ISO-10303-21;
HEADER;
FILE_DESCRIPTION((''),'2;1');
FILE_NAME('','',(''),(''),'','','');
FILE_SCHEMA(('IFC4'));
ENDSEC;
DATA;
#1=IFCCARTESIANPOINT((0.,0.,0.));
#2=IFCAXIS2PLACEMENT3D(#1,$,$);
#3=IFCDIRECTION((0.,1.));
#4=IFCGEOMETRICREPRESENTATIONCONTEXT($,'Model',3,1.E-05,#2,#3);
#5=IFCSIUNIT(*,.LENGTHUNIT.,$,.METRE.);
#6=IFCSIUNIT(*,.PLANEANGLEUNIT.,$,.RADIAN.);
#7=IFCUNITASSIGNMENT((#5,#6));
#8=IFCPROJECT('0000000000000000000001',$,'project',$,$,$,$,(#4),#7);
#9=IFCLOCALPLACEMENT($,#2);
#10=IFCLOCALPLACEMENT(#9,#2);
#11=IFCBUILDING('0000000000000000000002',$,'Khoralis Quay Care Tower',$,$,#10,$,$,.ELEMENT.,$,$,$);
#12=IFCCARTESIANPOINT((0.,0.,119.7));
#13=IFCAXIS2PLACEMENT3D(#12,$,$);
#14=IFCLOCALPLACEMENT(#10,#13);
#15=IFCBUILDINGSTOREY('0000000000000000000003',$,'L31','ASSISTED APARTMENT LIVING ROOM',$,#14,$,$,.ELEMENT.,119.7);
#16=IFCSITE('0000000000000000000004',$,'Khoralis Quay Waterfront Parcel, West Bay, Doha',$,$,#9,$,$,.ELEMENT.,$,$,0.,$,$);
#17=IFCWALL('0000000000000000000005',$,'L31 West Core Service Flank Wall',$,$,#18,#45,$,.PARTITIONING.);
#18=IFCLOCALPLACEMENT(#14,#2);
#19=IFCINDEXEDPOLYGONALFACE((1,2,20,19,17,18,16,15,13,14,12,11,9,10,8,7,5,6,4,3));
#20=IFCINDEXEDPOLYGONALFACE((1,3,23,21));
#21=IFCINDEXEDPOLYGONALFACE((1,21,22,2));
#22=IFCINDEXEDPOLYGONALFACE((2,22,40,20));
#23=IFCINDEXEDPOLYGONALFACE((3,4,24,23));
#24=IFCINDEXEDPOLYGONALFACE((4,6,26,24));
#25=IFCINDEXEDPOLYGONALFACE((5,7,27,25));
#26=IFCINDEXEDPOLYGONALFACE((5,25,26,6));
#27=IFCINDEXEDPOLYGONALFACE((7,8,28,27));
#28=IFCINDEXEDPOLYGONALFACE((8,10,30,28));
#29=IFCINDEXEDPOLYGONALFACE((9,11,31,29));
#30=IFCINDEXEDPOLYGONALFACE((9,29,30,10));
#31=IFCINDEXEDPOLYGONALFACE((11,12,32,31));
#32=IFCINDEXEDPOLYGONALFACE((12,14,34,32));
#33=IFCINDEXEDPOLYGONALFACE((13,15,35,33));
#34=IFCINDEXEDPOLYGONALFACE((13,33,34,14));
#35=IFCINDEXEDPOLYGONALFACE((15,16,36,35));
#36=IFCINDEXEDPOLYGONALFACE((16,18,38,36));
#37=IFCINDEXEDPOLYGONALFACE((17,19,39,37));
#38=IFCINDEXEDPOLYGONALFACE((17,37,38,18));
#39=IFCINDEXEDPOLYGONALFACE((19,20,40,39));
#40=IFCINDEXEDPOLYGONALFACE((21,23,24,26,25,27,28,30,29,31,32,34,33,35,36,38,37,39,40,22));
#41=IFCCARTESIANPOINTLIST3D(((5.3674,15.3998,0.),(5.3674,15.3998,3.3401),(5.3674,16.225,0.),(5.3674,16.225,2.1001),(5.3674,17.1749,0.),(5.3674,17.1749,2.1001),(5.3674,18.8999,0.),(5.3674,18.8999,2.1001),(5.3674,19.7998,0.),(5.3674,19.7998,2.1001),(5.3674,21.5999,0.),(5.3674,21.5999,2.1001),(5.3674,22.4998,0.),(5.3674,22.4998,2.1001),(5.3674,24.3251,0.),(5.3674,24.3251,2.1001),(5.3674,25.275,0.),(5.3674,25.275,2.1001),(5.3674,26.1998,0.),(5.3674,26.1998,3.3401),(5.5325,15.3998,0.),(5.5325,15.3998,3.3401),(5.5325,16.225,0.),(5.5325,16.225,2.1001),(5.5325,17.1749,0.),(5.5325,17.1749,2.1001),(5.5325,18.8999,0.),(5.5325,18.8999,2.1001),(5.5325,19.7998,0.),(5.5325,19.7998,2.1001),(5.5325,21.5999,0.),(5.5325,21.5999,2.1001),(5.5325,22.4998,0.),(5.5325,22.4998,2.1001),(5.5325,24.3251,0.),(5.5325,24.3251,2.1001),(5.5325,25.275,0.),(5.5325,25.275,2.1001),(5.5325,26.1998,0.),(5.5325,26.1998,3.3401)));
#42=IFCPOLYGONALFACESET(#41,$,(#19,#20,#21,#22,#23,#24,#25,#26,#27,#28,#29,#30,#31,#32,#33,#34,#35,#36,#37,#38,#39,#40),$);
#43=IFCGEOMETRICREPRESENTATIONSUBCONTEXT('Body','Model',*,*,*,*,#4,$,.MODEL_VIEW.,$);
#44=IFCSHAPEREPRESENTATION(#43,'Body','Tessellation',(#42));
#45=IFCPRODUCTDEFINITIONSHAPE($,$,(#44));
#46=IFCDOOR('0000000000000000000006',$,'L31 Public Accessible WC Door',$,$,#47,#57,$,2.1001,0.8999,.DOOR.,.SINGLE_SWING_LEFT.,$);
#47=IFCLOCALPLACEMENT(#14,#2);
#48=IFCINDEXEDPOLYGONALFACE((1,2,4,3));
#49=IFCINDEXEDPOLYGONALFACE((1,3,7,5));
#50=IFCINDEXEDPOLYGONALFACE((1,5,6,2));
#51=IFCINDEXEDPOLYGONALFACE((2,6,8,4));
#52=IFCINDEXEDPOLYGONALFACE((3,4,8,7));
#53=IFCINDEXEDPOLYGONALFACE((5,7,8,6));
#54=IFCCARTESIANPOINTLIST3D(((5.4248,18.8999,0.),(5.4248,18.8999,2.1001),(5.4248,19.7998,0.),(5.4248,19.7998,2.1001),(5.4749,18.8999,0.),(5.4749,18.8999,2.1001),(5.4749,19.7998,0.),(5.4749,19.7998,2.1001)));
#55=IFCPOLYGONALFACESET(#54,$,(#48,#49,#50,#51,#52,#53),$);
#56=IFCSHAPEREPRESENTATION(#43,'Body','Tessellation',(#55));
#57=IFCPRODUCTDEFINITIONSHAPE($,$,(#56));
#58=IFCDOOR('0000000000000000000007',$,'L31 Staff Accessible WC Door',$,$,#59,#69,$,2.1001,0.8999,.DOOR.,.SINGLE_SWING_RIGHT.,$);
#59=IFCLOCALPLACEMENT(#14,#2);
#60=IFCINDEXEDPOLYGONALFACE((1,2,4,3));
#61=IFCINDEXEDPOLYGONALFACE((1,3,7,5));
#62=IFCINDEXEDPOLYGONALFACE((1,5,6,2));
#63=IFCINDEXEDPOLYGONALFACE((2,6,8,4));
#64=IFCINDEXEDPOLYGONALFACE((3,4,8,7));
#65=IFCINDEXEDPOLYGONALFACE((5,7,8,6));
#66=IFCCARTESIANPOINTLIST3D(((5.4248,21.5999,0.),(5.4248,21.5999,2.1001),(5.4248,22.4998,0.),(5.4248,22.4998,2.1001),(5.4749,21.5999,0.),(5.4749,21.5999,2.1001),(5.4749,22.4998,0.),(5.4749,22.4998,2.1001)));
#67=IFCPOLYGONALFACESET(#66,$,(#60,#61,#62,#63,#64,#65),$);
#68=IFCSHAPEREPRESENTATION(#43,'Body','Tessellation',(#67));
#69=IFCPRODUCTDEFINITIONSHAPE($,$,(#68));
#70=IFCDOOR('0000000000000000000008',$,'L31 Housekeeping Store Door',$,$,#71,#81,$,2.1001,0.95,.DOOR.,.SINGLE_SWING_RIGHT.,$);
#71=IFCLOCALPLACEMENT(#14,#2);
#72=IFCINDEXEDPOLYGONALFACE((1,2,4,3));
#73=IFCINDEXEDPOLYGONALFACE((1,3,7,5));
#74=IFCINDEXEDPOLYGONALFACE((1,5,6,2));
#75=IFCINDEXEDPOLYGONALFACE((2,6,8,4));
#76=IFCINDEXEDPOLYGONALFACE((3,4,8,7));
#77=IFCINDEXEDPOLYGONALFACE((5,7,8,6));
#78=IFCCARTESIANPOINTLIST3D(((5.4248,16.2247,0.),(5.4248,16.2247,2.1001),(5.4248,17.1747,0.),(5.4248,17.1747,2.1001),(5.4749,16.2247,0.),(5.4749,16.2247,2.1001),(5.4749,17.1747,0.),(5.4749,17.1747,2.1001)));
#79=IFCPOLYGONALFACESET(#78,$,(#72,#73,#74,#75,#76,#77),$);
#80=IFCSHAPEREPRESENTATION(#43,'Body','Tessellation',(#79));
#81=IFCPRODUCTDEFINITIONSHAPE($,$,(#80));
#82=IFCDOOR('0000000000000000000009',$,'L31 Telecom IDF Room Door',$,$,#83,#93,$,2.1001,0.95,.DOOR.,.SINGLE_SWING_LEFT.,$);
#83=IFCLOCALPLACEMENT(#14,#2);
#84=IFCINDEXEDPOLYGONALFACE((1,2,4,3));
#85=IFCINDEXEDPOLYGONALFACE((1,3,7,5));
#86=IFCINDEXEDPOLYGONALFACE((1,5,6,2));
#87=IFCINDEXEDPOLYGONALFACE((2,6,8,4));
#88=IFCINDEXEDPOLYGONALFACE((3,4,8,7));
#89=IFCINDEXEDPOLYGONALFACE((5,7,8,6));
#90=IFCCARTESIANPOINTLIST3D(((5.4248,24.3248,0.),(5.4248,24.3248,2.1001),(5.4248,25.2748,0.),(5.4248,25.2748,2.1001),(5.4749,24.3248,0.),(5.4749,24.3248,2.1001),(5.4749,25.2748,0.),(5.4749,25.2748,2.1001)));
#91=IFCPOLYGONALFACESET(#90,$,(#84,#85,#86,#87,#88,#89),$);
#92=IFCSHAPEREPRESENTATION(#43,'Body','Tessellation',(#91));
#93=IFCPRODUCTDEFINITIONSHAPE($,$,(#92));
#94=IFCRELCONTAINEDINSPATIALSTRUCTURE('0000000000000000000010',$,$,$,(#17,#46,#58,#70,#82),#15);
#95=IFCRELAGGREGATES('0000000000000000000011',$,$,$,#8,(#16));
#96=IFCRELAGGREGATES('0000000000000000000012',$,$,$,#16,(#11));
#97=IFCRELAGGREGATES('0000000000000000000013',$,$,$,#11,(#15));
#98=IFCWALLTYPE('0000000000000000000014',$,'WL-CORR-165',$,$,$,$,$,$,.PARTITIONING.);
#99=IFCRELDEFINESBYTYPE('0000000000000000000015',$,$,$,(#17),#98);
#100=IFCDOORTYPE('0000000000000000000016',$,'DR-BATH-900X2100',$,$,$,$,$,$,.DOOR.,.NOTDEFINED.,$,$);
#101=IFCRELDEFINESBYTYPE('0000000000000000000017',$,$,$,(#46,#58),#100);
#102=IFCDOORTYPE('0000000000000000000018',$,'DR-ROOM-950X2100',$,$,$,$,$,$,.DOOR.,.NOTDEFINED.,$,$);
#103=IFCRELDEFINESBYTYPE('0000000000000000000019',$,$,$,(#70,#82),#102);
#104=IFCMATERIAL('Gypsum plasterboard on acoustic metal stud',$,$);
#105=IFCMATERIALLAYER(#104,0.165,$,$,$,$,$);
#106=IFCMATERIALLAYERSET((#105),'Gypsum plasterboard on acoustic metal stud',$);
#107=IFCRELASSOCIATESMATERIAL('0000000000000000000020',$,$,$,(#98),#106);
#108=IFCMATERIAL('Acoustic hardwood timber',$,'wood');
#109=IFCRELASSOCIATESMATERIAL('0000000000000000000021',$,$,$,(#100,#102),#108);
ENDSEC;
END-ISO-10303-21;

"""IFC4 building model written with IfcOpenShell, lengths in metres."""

from ifc_helpers import new_model, si_unit, direction, frame, frame_2d, origin, place, context, subcontext, project, spatial, rectangle, extrude, source, transform, mapped, material, layer, layer_set, type_object, element, fill, save


model = new_model("IFC4")

# Units and contexts
model_context = context("Model", 3, precision=1e-05, world=origin(), true_north=direction((0.0, 1.0)))
body_context = subcontext(model_context, "Body", "Model", "MODEL_VIEW")
ifc_project = project(units=[si_unit("LENGTHUNIT", "METRE"), si_unit("PLANEANGLEUNIT", "RADIAN")], contexts=[model_context])

# Site, building, storey
site_placement = place(None, origin())
site = spatial("IfcSite", under=ifc_project, at=site_placement, Name="Khoralis Quay Waterfront Parcel, West Bay, Doha", CompositionType="ELEMENT", RefElevation=0.0)
building_placement = place(site_placement, origin())
building = spatial("IfcBuilding", under=site, at=building_placement, Name="Khoralis Quay Care Tower", CompositionType="ELEMENT")
storey_placement = place(building_placement, frame((0.0, 0.0, 119.7)))
storey = spatial("IfcBuildingStorey", under=building, at=storey_placement, Name="L31", Description="ASSISTED APARTMENT LIVING ROOM", CompositionType="ELEMENT", Elevation=119.7)

# Wall, openings, doors
ifc_material_1 = material(Name="Gypsum plasterboard on acoustic metal stud")
ifc_layer_1 = layer(ifc_material_1, 0.165)
ifc_layer_set_1 = layer_set([ifc_layer_1], Name="Gypsum plasterboard on acoustic metal stud")
wall_type_1 = type_object("IfcWallType", Name="WL-CORR-165", PredefinedType="PARTITIONING", material=ifc_layer_set_1)
wall_1_placement = place(storey_placement, frame((5.45, 15.3999, 0.0), z_axis=(0.0, 0.0, 1.0), x_axis=(0.0, 1.0, 0.0)))
wall_1 = element("IfcWall", 1, at=wall_1_placement, inside=storey, type_object=wall_type_1, Name="L31 West Core Service Flank Wall", PredefinedType="PARTITIONING", context=body_context, shape_type="SweptSolid", body=[
    extrude(rectangle(XDim=10.8, YDim=0.165, at=frame_2d((5.3999, 0.0))), origin(), (0.0, 0.0, 1.0), 3.3401),
])
opening_1_placement = place(wall_1_placement, frame((0.825, 0.0, 0.0)))
opening_1 = element("IfcOpeningElement", 2, at=opening_1_placement, cuts=wall_1, PredefinedType="OPENING", context=body_context, shape_type="SweptSolid", body=[
    extrude(rectangle(XDim=0.95, YDim=2.1001, at=frame_2d((0.4751, 1.05))), frame((0.0, 0.0925, 0.0), z_axis=(0.0, -1.0, 0.0), x_axis=(1.0, 0.0, 0.0)), (0.0, 0.0, 1.0), 0.1851),
])
opening_2_placement = place(wall_1_placement, frame((3.5, 0.0, 0.0)))
opening_2 = element("IfcOpeningElement", 3, at=opening_2_placement, cuts=wall_1, PredefinedType="OPENING", context=body_context, shape_type="SweptSolid", body=[
    extrude(rectangle(XDim=0.8999, YDim=2.1001, at=frame_2d((0.45, 1.05))), frame((0.0, 0.0925, 0.0), z_axis=(0.0, -1.0, 0.0), x_axis=(1.0, 0.0, 0.0)), (0.0, 0.0, 1.0), 0.1851),
])
opening_3_placement = place(wall_1_placement, frame((6.2, 0.0, 0.0)))
opening_3 = element("IfcOpeningElement", 4, at=opening_3_placement, cuts=wall_1, PredefinedType="OPENING", context=body_context, shape_type="SweptSolid", body=[
    extrude(rectangle(XDim=0.8999, YDim=2.1001, at=frame_2d((0.45, 1.05))), frame((0.0, 0.0925, 0.0), z_axis=(0.0, -1.0, 0.0), x_axis=(1.0, 0.0, 0.0)), (0.0, 0.0, 1.0), 0.1851),
])
opening_4_placement = place(wall_1_placement, frame((8.925, 0.0, 0.0)))
opening_4 = element("IfcOpeningElement", 5, at=opening_4_placement, cuts=wall_1, PredefinedType="OPENING", context=body_context, shape_type="SweptSolid", body=[
    extrude(rectangle(XDim=0.95, YDim=2.1001, at=frame_2d((0.4751, 1.05))), frame((0.0, 0.0925, 0.0), z_axis=(0.0, -1.0, 0.0), x_axis=(1.0, 0.0, 0.0)), (0.0, 0.0, 1.0), 0.1851),
])
ifc_material_2 = material(Name="Acoustic hardwood timber", Category="wood")
door_type_1 = type_object("IfcDoorType", Name="DR-BATH-900X2100", OperationType="NOTDEFINED", PredefinedType="DOOR", material=ifc_material_2)
shared_shape_1 = source(origin(), body_context, "Body", "SweptSolid", [
    extrude(rectangle(XDim=0.8999, YDim=2.1001, at=frame_2d((0.45, 1.05))), frame((0.0, 0.0249, 0.0), z_axis=(0.0, -1.0, 0.0), x_axis=(1.0, 0.0, 0.0)), (0.0, 0.0, 1.0), 0.05),
])
door_1_placement = place(opening_2_placement, frame((0.8999, 0.0, 0.0), z_axis=(0.0, 0.0, 1.0), x_axis=(-1.0, 0.0, 0.0)))
door_1 = element("IfcDoor", 6, at=door_1_placement, inside=storey, type_object=door_type_1, Name="L31 Public Accessible WC Door", OperationType="SINGLE_SWING_LEFT", OverallHeight=2.1001, OverallWidth=0.8999, PredefinedType="DOOR", context=body_context, shape_type="MappedRepresentation", body=[
    mapped(shared_shape_1, transform((0.0, 0.0, 0.0), scale=1.0)),
])
fill(opening_2, door_1)
door_2_placement = place(opening_3_placement, frame((0.8999, 0.0, 0.0), z_axis=(0.0, 0.0, 1.0), x_axis=(-1.0, 0.0, 0.0)))
door_2 = element("IfcDoor", 7, at=door_2_placement, inside=storey, type_object=door_type_1, Name="L31 Staff Accessible WC Door", OperationType="SINGLE_SWING_RIGHT", OverallHeight=2.1001, OverallWidth=0.8999, PredefinedType="DOOR", context=body_context, shape_type="MappedRepresentation", body=[
    mapped(shared_shape_1, transform((0.0, 0.0, 0.0), scale=1.0)),
])
fill(opening_3, door_2)
door_type_2 = type_object("IfcDoorType", Name="DR-ROOM-950X2100", OperationType="NOTDEFINED", PredefinedType="DOOR", material=ifc_material_2)
shared_shape_2 = source(origin(), body_context, "Body", "SweptSolid", [
    extrude(rectangle(XDim=0.95, YDim=2.1001, at=frame_2d((0.4751, 1.05))), frame((0.0, 0.0249, 0.0), z_axis=(0.0, -1.0, 0.0), x_axis=(1.0, 0.0, 0.0)), (0.0, 0.0, 1.0), 0.05),
])
door_3_placement = place(opening_1_placement, frame((0.95, 0.0, 0.0), z_axis=(0.0, 0.0, 1.0), x_axis=(-1.0, 0.0, 0.0)))
door_3 = element("IfcDoor", 8, at=door_3_placement, inside=storey, type_object=door_type_2, Name="L31 Housekeeping Store Door", OperationType="SINGLE_SWING_RIGHT", OverallHeight=2.1001, OverallWidth=0.95, PredefinedType="DOOR", context=body_context, shape_type="MappedRepresentation", body=[
    mapped(shared_shape_2, transform((0.0, 0.0, 0.0), scale=1.0)),
])
fill(opening_1, door_3)
door_4_placement = place(opening_4_placement, frame((0.95, 0.0, 0.0), z_axis=(0.0, 0.0, 1.0), x_axis=(-1.0, 0.0, 0.0)))
door_4 = element("IfcDoor", 9, at=door_4_placement, inside=storey, type_object=door_type_2, Name="L31 Telecom IDF Room Door", OperationType="SINGLE_SWING_LEFT", OverallHeight=2.1001, OverallWidth=0.95, PredefinedType="DOOR", context=body_context, shape_type="MappedRepresentation", body=[
    mapped(shared_shape_2, transform((0.0, 0.0, 0.0), scale=1.0)),
])
fill(opening_4, door_4)

save(model, "model.ifc")
